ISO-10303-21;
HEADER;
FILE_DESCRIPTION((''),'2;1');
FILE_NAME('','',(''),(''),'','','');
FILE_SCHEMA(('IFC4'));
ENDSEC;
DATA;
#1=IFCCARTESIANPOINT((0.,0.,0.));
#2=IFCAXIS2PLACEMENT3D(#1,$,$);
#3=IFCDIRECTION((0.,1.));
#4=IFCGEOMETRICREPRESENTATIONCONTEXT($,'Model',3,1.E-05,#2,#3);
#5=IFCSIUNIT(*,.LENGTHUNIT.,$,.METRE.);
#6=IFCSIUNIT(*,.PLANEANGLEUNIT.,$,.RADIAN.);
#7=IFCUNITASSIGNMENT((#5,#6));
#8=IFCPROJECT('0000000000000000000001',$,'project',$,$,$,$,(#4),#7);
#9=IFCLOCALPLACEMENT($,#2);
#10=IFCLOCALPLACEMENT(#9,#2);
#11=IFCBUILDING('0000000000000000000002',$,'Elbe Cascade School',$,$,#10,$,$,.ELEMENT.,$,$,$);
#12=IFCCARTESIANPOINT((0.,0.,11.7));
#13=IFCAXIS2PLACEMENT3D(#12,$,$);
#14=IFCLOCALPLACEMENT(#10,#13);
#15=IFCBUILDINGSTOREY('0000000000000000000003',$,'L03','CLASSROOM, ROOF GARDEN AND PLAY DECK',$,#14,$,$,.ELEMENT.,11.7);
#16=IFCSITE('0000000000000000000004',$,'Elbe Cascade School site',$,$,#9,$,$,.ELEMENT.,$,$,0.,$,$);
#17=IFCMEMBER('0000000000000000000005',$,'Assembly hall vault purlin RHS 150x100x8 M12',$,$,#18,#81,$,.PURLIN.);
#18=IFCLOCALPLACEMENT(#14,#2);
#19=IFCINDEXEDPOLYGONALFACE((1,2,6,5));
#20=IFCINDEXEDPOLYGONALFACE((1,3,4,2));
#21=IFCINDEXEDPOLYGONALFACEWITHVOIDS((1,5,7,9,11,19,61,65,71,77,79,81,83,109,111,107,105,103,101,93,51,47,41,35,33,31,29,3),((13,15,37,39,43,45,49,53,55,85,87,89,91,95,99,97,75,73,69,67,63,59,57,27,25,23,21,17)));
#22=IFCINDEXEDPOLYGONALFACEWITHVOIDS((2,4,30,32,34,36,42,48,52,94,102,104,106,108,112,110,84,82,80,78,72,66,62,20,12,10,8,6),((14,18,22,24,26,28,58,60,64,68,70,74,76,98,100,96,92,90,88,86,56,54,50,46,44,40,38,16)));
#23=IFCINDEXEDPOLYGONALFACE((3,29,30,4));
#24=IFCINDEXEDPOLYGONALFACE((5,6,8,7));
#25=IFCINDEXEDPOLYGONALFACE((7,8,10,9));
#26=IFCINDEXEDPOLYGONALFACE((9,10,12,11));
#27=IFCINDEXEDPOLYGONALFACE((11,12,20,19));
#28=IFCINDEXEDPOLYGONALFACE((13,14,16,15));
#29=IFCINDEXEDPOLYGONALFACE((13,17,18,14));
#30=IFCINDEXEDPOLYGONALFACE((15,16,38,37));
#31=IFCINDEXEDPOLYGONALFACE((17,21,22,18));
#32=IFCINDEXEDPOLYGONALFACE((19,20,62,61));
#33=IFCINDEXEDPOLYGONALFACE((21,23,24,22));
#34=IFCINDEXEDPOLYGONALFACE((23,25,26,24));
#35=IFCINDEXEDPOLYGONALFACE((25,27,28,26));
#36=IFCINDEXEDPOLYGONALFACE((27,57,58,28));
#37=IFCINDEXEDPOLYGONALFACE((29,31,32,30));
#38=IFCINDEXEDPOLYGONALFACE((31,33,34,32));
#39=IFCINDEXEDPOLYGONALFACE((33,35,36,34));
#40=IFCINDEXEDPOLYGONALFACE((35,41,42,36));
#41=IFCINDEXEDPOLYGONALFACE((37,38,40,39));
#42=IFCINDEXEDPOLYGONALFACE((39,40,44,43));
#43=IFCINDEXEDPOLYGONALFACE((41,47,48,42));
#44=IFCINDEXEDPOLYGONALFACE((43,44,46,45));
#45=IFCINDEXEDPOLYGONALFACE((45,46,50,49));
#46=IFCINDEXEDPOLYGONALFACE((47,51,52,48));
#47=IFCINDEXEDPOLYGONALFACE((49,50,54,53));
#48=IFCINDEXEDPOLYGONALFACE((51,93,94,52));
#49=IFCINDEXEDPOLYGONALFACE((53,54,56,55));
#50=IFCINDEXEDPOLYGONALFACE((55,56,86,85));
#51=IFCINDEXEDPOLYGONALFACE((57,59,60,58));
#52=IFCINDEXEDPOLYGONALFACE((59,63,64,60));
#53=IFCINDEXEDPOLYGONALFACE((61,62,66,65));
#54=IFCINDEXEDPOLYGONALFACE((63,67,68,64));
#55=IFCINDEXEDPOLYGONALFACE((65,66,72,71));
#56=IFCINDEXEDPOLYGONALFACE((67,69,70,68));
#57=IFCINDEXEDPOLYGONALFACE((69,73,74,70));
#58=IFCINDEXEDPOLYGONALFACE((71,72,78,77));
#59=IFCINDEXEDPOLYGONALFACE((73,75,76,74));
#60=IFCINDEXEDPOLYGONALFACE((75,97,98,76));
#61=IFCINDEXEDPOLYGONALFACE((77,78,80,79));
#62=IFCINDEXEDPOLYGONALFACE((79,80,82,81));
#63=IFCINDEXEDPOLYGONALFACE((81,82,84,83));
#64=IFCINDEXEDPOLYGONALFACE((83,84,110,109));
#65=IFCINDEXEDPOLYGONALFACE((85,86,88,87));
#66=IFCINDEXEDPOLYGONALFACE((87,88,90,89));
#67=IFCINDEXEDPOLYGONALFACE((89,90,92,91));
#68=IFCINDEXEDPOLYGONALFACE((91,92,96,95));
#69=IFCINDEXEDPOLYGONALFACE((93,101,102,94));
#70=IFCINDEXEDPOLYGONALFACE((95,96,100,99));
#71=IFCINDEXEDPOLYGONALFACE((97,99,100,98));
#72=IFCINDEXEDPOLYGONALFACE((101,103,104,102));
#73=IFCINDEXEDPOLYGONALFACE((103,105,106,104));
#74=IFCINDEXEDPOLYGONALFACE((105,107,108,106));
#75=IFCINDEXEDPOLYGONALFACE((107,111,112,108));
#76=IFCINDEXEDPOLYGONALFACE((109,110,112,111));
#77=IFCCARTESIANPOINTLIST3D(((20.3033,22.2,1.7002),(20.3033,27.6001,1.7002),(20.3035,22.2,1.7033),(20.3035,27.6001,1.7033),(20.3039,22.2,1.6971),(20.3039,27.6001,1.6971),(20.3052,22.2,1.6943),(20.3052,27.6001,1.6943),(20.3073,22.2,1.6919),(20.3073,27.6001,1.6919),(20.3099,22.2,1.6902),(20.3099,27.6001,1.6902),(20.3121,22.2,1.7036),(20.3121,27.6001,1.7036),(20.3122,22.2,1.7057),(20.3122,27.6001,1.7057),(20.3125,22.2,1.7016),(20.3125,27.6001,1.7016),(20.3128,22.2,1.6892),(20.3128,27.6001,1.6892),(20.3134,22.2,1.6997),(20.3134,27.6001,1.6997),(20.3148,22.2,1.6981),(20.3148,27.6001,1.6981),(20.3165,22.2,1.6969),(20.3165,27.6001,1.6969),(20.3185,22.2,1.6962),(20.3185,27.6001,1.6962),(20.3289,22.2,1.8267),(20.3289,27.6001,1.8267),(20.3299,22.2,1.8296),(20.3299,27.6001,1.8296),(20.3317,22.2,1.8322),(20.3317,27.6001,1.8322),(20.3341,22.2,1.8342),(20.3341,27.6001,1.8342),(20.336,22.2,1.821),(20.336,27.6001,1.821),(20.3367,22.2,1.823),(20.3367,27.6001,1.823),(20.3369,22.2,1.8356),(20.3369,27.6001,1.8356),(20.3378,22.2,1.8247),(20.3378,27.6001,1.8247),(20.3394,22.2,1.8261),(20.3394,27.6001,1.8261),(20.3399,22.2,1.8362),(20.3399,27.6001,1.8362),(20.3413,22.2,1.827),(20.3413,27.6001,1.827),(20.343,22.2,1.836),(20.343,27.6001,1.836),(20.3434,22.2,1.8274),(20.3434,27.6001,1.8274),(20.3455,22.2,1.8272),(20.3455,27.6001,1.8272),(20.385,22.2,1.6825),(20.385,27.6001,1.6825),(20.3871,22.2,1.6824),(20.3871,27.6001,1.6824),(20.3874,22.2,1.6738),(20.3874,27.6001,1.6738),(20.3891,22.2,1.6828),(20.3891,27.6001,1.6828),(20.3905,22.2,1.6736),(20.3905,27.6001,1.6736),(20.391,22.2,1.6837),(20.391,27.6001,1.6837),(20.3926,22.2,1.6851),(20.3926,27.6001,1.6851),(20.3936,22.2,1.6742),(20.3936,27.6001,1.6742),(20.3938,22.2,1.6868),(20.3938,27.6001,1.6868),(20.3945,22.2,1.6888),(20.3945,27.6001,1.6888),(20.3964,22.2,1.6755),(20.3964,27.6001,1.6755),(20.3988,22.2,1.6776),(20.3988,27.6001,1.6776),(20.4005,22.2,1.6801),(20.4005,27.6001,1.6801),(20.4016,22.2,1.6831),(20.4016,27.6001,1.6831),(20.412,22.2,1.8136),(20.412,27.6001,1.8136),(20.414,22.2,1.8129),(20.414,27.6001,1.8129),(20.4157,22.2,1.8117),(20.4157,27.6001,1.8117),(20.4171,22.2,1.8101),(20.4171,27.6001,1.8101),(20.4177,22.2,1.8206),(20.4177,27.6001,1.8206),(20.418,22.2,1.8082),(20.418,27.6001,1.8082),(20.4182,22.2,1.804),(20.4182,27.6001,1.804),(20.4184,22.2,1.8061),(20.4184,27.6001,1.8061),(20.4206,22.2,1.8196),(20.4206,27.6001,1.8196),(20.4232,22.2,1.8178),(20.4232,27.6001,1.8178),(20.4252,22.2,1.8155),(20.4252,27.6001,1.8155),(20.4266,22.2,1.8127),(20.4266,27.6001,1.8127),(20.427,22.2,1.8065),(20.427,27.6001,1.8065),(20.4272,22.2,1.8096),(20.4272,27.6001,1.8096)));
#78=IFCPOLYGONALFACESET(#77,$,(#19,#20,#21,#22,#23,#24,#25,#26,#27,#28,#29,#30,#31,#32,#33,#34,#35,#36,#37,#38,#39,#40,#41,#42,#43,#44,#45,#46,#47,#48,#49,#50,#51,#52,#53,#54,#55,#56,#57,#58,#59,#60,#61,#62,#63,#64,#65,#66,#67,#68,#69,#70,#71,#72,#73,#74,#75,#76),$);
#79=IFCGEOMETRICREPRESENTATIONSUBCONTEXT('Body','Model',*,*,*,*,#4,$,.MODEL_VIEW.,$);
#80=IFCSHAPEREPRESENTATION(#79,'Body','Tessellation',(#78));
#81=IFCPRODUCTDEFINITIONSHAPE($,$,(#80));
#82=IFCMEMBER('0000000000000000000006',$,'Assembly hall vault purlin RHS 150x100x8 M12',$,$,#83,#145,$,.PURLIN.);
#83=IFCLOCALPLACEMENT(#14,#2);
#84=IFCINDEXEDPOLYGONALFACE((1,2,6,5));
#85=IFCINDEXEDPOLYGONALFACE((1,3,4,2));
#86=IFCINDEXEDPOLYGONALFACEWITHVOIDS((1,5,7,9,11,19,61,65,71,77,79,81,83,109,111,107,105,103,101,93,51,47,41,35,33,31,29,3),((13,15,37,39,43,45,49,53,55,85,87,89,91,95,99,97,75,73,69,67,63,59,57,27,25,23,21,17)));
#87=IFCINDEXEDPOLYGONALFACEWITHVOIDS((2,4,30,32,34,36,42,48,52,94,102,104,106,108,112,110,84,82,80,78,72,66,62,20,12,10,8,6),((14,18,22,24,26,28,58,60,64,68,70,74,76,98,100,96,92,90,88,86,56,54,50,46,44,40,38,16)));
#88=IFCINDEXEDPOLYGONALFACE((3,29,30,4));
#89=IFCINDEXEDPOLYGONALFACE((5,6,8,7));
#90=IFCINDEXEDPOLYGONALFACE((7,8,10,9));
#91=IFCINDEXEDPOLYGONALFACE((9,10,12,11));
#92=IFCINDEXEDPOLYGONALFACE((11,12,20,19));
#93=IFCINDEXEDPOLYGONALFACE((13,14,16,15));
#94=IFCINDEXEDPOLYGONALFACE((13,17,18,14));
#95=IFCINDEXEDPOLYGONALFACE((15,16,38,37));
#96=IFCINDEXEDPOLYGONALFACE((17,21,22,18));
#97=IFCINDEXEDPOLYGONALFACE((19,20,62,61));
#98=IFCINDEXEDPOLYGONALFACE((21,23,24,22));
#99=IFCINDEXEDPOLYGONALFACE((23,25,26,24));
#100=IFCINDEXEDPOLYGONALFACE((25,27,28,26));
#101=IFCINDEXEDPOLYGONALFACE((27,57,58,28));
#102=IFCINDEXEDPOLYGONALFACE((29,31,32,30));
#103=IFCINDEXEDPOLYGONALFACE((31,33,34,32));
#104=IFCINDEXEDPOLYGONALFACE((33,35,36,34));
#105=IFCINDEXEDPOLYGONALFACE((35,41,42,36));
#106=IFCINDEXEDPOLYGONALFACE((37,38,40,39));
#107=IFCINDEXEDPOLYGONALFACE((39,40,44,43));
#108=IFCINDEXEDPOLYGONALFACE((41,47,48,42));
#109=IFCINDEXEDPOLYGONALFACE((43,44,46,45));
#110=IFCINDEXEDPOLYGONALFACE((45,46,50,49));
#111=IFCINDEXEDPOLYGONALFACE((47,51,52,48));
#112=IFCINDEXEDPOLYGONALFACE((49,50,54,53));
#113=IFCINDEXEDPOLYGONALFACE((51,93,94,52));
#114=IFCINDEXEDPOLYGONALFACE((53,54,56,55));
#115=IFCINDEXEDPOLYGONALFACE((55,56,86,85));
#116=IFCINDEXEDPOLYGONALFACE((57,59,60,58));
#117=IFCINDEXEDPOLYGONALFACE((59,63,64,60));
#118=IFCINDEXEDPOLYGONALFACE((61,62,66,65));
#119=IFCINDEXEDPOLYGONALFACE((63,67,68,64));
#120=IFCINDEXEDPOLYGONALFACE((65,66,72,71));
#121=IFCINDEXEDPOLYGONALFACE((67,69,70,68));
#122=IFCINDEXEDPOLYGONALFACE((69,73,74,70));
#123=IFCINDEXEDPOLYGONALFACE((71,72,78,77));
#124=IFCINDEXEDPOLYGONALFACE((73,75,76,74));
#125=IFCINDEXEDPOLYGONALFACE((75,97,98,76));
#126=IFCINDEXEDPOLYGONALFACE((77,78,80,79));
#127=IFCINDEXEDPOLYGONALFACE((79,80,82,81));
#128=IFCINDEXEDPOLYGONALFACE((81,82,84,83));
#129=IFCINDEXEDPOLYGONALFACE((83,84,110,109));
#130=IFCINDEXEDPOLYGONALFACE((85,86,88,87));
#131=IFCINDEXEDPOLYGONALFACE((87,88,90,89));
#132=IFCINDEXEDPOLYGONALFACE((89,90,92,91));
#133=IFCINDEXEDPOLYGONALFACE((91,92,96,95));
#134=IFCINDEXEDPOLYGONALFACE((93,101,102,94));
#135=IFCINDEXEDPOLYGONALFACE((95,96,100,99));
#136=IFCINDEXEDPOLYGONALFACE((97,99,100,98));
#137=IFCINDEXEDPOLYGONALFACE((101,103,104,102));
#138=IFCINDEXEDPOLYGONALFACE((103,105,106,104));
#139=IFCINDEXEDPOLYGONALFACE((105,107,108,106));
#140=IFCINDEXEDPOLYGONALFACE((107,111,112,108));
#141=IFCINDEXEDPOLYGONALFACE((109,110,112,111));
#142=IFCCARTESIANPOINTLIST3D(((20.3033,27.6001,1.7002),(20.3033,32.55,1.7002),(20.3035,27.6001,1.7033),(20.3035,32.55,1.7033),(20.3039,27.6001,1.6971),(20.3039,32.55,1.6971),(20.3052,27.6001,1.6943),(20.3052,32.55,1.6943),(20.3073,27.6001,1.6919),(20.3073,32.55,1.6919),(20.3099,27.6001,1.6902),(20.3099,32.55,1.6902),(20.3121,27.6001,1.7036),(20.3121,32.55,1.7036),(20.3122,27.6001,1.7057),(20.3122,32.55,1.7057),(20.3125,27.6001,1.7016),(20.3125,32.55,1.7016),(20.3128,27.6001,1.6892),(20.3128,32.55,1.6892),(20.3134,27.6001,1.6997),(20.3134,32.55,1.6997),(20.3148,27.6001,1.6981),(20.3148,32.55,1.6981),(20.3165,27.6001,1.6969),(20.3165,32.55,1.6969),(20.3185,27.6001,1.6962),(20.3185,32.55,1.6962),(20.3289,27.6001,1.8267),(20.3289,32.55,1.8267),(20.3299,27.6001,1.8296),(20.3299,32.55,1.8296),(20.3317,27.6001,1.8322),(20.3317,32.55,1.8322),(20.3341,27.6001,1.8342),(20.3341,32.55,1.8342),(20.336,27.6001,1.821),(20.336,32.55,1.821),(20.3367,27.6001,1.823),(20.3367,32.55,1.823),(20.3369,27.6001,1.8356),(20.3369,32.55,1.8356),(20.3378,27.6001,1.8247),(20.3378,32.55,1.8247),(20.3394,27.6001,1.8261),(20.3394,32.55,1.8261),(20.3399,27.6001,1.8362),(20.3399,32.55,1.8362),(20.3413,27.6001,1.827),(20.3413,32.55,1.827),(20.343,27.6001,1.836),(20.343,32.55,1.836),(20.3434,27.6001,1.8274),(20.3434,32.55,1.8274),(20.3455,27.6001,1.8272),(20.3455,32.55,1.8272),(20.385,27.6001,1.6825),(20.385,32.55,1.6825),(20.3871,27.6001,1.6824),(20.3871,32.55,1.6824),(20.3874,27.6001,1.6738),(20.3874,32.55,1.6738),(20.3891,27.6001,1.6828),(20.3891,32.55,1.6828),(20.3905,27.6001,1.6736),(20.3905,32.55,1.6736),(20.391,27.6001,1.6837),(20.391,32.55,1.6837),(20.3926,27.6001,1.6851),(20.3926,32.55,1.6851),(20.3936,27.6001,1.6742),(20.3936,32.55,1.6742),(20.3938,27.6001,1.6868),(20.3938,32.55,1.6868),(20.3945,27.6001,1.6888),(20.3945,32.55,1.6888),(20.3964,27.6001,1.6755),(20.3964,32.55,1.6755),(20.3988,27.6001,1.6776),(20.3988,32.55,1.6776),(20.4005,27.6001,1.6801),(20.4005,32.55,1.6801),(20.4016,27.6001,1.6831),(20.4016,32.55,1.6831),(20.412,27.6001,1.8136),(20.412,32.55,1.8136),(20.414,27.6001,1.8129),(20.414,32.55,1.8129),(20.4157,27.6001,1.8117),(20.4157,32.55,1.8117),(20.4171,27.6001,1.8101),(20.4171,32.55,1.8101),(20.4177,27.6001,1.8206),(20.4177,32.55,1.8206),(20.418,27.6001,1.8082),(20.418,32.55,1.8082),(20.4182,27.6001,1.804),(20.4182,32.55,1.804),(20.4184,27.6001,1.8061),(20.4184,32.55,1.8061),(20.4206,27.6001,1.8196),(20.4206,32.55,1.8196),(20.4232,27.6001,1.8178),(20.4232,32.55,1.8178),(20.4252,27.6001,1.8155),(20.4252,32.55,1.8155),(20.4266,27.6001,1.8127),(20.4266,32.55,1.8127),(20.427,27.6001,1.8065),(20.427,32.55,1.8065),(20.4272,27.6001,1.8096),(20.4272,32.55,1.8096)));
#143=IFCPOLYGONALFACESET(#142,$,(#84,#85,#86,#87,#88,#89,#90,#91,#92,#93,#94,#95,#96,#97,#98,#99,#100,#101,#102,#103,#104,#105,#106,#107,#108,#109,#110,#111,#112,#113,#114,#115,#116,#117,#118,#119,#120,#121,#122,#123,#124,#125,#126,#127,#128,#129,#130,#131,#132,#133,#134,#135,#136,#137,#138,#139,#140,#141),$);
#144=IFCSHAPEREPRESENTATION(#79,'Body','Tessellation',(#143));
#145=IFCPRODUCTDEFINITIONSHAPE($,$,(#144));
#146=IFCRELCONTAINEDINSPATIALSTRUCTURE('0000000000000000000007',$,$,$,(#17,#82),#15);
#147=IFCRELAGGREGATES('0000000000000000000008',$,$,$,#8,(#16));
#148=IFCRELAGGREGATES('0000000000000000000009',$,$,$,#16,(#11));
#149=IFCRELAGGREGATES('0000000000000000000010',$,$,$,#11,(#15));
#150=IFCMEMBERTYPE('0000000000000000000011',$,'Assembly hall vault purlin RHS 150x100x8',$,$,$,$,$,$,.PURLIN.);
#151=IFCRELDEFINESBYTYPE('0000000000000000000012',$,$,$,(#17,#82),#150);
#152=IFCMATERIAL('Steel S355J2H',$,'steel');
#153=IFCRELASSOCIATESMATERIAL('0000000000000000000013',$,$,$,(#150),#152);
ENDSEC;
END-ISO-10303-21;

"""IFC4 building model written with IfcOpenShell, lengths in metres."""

from ifc_helpers import new_model, si_unit, direction, frame, origin, origin_2d, place, context, subcontext, project, spatial, hollow_rectangle, extrude, material, material_profile, profile_set, type_object, element, save


model = new_model("IFC4")

# Units and contexts
model_context = context("Model", 3, precision=1e-05, world=origin(), true_north=direction((0.0, 1.0)))
body_context = subcontext(model_context, "Body", "Model", "MODEL_VIEW")
ifc_project = project(units=[si_unit("LENGTHUNIT", "METRE"), si_unit("PLANEANGLEUNIT", "RADIAN")], contexts=[model_context])

# Site, building, storey
site_placement = place(None, origin())
site = spatial("IfcSite", under=ifc_project, at=site_placement, Name="Elbe Cascade School site", CompositionType="ELEMENT", RefElevation=0.0)
building_placement = place(site_placement, origin())
building = spatial("IfcBuilding", under=site, at=building_placement, Name="Elbe Cascade School", CompositionType="ELEMENT")
storey_placement = place(building_placement, frame((0.0, 0.0, 11.7)))
storey = spatial("IfcBuildingStorey", under=building, at=storey_placement, Name="L03", Description="CLASSROOM, ROOF GARDEN AND PLAY DECK", CompositionType="ELEMENT", Elevation=11.7)

# Members
ifc_material_1 = material(Name="Steel S355J2H", Category="steel")
ifc_material_profile_1 = material_profile(ifc_material_1, hollow_rectangle(XDim=0.1001, YDim=0.1499, WallThickness=0.0081, InnerFilletRadius=0.0081, OuterFilletRadius=0.012, at=origin_2d()), Name="RHS 150x100x8")
ifc_profile_set_1 = profile_set([ifc_material_profile_1], Name="Steel S355J2H")
member_type_1 = type_object("IfcMemberType", Name="Assembly hall vault purlin RHS 150x100x8", PredefinedType="PURLIN", material=ifc_profile_set_1)
member_1_placement = place(storey_placement, frame((20.3652, 22.2, 1.7549), z_axis=(0.0, 1.0, 0.0), x_axis=(-0.979448, 0.0, 0.201697)))
element("IfcMember", 1, at=member_1_placement, inside=storey, type_object=member_type_1, Name="Assembly hall vault purlin RHS 150x100x8 M12", PredefinedType="PURLIN", context=body_context, shape_type="SweptSolid", body=[
    extrude(hollow_rectangle(XDim=0.1001, YDim=0.1499, WallThickness=0.0081, InnerFilletRadius=0.0081, OuterFilletRadius=0.012, at=origin_2d()), origin(), (0.0, 0.0, 1.0), 5.4001),
])
member_2_placement = place(storey_placement, frame((20.3652, 27.6001, 1.7549), z_axis=(0.0, 1.0, 0.0), x_axis=(-0.979448, 0.0, 0.201697)))
element("IfcMember", 2, at=member_2_placement, inside=storey, type_object=member_type_1, Name="Assembly hall vault purlin RHS 150x100x8 M12", PredefinedType="PURLIN", context=body_context, shape_type="SweptSolid", body=[
    extrude(hollow_rectangle(XDim=0.1001, YDim=0.1499, WallThickness=0.0081, InnerFilletRadius=0.0081, OuterFilletRadius=0.012, at=origin_2d()), origin(), (0.0, 0.0, 1.0), 4.95),
])

save(model, "model.ifc")
